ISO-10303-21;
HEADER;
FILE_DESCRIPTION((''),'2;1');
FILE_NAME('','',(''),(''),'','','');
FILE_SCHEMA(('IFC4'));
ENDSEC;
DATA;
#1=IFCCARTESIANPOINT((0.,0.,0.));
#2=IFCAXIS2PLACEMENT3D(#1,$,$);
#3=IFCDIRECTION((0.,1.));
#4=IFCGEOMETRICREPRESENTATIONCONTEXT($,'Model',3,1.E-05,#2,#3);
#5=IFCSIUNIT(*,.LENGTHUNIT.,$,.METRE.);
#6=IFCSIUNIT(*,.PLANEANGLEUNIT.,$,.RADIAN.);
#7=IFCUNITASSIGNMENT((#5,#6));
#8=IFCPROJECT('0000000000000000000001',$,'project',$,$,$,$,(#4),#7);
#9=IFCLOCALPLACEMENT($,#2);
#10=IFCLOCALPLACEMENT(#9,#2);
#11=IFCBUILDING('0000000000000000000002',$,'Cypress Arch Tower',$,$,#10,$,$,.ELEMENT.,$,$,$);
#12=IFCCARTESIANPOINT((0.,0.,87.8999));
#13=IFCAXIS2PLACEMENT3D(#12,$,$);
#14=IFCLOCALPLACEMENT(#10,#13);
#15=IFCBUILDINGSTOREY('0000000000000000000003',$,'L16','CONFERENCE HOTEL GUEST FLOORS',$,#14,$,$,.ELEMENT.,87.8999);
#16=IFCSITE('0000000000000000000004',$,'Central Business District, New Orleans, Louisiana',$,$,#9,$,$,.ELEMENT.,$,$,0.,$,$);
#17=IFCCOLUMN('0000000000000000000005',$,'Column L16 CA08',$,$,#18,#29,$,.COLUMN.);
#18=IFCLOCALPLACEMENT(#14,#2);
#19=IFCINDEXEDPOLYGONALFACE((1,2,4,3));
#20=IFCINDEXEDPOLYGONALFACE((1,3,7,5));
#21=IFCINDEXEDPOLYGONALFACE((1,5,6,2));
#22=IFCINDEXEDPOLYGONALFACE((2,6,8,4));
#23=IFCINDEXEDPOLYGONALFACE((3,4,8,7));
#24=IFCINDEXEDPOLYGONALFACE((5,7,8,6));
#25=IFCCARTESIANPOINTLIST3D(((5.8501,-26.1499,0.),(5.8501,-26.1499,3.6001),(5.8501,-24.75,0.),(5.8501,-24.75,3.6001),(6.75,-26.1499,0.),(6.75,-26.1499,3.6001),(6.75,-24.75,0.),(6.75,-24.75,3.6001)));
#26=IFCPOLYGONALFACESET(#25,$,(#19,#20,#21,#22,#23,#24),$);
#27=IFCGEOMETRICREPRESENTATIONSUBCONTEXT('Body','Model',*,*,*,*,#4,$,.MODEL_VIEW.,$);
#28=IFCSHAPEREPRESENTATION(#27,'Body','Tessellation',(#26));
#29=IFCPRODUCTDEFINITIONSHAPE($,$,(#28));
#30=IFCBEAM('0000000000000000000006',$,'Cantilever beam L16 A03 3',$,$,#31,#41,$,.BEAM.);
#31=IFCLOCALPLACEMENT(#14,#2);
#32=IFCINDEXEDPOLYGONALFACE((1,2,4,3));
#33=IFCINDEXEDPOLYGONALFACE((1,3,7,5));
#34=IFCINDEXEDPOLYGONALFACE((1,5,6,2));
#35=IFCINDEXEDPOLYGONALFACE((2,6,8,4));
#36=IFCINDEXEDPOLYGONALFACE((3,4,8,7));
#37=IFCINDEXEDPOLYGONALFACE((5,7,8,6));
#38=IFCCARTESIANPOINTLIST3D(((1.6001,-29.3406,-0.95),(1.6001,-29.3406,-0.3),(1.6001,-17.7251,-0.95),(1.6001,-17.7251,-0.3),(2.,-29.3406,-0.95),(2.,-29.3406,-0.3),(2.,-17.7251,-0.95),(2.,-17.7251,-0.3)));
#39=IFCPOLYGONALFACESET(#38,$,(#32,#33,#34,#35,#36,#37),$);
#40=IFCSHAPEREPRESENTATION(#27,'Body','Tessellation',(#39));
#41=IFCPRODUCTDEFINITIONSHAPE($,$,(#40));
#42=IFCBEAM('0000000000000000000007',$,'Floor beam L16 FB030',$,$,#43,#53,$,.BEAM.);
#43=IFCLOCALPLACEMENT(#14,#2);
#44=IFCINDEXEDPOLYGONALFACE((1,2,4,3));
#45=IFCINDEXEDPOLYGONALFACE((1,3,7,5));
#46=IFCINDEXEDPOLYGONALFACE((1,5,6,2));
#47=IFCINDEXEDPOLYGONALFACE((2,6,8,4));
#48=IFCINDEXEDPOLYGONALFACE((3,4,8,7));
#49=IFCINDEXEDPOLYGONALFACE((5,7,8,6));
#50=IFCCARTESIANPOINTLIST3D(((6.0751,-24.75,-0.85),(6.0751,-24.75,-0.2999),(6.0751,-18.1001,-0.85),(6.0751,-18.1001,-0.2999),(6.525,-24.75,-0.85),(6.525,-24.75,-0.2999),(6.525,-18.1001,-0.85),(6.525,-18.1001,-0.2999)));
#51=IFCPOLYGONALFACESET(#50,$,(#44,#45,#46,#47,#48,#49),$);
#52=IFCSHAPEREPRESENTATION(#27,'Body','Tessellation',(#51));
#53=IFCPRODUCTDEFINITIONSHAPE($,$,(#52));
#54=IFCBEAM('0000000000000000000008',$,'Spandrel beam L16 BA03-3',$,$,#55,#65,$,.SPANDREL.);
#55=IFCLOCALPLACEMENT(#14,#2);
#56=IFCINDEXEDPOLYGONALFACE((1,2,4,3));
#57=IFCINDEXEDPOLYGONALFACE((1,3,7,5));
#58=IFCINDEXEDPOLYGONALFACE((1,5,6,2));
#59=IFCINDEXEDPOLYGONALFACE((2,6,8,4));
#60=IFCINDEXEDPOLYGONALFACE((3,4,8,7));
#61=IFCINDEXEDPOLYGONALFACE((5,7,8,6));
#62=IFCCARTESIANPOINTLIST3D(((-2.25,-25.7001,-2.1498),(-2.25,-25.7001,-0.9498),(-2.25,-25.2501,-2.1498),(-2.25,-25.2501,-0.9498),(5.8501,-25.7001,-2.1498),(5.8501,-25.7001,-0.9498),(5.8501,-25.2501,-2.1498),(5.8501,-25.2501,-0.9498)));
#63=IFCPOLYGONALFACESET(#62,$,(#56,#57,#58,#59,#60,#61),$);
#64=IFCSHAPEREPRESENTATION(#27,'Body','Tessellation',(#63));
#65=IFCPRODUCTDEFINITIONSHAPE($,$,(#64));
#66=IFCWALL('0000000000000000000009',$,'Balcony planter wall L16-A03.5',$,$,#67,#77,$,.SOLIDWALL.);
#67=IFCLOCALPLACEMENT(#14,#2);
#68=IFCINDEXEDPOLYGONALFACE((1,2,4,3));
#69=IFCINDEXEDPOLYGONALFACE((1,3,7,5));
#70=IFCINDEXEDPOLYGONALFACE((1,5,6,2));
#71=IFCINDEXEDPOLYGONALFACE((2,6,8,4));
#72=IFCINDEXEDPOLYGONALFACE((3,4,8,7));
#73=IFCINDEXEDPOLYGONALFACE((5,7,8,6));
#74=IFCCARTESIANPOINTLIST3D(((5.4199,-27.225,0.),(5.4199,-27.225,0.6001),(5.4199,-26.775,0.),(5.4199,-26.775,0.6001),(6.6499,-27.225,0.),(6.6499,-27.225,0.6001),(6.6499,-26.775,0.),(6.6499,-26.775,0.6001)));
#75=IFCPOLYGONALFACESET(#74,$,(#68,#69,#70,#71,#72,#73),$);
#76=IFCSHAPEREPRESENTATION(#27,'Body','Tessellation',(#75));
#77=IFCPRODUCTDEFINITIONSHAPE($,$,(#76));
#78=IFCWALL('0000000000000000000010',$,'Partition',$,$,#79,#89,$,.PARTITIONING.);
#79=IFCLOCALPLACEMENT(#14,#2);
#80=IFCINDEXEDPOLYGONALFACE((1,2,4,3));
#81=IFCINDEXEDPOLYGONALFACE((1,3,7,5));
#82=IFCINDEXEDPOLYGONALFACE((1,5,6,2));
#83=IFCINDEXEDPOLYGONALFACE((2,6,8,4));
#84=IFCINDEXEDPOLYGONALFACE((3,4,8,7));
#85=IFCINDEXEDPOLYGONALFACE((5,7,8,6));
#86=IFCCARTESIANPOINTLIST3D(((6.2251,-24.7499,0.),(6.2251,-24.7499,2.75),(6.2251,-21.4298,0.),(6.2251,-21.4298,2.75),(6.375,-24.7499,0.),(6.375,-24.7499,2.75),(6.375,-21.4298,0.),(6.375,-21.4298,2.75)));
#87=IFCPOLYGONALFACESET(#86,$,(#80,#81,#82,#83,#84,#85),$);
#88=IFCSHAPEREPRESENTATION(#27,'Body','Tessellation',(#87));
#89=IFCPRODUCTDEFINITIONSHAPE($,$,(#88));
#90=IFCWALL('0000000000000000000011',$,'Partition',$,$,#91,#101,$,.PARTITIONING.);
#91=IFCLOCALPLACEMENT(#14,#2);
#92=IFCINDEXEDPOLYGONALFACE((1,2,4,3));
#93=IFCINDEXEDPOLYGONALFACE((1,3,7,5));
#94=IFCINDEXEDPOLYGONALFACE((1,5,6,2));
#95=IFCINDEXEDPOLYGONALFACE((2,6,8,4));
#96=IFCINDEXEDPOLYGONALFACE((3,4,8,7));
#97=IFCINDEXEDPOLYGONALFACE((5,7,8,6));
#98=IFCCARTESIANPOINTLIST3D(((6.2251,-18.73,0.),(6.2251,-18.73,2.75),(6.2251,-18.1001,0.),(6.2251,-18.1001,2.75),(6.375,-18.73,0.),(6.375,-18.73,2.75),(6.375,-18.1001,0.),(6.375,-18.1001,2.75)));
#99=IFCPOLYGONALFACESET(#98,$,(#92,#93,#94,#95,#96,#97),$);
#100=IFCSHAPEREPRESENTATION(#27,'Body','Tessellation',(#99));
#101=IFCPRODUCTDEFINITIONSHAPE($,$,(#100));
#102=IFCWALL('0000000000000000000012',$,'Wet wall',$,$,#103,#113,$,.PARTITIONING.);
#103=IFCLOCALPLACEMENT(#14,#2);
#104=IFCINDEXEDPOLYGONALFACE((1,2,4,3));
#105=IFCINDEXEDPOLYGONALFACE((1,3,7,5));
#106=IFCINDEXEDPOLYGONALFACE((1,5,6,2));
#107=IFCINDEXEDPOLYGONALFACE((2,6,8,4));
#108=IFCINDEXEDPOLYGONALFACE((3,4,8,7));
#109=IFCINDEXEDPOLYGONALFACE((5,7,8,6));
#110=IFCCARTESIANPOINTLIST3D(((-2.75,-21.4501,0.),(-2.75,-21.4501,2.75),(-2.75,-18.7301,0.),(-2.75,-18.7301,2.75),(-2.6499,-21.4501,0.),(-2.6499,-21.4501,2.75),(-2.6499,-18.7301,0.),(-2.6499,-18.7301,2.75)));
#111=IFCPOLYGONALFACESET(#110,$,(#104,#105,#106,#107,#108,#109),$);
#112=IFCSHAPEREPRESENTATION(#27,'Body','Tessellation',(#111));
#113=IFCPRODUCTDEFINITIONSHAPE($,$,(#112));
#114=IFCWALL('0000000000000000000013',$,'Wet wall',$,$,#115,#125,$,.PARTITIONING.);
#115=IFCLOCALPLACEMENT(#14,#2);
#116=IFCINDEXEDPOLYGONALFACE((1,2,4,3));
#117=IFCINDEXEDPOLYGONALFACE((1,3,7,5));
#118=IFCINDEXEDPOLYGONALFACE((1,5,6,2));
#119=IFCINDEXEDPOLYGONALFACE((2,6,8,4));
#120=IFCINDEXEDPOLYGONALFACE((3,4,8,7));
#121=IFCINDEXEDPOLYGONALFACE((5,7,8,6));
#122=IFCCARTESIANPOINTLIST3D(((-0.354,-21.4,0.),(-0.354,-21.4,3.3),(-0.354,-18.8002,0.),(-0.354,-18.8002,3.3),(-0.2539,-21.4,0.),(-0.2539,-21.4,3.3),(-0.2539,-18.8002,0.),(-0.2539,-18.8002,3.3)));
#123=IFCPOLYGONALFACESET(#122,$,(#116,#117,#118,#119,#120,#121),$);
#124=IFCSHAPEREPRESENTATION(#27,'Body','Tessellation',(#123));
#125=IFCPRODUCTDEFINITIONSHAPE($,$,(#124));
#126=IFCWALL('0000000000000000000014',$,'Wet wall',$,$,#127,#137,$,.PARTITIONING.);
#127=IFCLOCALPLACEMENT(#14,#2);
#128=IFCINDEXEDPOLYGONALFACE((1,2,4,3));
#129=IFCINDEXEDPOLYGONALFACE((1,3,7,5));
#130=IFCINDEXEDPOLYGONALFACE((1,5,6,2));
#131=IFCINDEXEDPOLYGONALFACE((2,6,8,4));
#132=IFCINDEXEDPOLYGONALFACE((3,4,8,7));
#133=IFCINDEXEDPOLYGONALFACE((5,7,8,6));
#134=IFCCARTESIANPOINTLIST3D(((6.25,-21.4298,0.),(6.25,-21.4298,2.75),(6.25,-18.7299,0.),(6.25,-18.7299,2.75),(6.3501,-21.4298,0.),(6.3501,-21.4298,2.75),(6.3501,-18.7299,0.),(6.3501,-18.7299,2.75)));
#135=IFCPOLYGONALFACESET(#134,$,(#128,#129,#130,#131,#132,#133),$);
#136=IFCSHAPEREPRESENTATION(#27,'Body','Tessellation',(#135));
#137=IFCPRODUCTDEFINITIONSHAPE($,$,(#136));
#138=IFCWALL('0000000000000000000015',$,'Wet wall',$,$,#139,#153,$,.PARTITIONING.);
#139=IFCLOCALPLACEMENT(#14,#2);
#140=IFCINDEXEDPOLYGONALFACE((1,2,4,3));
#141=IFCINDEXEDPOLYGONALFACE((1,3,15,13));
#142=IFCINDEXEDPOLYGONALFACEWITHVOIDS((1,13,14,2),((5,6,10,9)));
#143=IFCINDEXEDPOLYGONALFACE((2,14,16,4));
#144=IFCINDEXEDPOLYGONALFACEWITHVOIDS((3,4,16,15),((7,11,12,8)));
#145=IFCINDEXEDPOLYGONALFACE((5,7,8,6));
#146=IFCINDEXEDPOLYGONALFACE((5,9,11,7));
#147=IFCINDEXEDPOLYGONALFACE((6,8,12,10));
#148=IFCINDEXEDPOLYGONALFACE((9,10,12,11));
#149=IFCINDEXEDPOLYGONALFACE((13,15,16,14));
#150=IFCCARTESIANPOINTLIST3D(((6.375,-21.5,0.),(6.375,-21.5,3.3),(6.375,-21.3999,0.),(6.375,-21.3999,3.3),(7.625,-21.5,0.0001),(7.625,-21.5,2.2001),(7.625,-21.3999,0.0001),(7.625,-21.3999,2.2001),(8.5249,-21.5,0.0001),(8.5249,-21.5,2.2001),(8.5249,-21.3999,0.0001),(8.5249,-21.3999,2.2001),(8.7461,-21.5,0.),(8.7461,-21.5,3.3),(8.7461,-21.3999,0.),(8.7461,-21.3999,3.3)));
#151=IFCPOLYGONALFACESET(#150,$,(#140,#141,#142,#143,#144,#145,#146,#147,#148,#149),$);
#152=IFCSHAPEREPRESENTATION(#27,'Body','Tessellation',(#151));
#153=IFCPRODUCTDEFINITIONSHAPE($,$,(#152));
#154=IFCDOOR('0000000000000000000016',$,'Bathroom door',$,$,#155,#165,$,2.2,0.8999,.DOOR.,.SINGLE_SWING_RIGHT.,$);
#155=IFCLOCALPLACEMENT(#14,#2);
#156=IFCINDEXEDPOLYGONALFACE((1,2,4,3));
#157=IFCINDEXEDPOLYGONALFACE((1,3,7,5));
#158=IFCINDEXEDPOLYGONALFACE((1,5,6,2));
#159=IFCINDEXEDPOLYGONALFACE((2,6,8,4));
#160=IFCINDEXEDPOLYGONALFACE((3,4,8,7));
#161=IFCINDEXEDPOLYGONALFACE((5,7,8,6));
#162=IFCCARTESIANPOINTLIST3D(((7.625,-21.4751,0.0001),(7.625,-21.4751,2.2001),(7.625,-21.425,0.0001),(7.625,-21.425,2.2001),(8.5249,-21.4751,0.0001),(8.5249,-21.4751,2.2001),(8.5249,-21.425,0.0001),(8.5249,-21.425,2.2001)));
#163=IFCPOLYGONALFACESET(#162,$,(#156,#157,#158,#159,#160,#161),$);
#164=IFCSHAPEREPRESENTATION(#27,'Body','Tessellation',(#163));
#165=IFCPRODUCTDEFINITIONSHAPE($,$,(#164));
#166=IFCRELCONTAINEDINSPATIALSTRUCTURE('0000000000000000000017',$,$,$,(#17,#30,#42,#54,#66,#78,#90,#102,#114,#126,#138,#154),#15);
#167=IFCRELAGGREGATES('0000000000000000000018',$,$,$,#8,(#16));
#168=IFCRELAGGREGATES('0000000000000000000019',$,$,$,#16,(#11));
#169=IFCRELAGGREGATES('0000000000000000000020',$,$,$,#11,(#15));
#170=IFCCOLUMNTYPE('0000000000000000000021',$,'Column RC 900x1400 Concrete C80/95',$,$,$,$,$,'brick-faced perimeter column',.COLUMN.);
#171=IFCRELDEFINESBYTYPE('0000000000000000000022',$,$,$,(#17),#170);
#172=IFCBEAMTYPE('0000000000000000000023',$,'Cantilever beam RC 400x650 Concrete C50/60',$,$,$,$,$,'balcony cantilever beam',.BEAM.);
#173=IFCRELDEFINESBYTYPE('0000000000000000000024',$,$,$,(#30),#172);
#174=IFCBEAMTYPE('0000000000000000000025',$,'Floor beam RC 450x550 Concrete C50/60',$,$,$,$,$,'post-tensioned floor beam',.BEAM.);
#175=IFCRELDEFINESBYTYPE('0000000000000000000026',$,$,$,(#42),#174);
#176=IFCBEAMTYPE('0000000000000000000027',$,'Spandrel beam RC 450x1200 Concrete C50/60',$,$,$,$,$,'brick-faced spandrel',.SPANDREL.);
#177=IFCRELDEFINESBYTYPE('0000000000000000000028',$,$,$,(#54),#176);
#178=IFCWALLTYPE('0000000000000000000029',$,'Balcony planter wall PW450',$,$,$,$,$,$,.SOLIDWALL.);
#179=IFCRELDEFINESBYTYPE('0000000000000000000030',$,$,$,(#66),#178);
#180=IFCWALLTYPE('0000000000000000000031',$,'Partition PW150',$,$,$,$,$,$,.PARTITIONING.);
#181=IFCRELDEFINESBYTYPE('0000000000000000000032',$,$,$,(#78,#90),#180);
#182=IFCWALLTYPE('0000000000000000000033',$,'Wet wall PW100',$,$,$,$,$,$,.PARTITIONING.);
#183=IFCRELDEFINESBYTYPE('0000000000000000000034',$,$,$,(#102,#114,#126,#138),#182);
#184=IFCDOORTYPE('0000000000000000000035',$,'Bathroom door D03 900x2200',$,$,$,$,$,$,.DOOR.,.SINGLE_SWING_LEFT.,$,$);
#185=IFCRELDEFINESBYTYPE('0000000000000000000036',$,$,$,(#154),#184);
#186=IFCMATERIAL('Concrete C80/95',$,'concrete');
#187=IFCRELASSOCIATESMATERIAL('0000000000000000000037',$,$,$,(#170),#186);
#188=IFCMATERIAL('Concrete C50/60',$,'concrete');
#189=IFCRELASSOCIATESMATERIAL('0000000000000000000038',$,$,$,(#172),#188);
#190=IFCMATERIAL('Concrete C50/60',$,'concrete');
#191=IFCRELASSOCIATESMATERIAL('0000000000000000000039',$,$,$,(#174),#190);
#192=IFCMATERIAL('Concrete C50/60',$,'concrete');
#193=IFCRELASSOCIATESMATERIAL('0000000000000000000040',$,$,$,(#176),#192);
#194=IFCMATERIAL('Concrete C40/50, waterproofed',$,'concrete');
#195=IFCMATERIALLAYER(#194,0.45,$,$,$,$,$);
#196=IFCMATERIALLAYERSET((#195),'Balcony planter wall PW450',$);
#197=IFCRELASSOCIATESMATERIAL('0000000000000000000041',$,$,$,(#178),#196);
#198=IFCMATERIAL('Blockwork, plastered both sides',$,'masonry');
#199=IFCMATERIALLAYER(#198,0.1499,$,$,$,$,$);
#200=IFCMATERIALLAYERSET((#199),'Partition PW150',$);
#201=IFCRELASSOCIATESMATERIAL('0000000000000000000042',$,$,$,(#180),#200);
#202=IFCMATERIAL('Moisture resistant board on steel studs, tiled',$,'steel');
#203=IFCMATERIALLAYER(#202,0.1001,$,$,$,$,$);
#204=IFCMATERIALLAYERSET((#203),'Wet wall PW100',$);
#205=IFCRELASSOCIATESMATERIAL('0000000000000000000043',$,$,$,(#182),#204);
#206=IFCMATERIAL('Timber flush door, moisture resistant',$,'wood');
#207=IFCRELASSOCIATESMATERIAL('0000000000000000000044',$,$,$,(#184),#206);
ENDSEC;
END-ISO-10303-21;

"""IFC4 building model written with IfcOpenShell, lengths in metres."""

from ifc_helpers import new_model, si_unit, direction, frame, frame_2d, origin, origin_2d, place, context, subcontext, project, spatial, rectangle, extrude, material, layer, layer_set, material_profile, profile_set, type_object, element, fill, save


model = new_model("IFC4")

# Units and contexts
model_context = context("Model", 3, precision=1e-05, world=origin(), true_north=direction((0.0, 1.0)))
body_context = subcontext(model_context, "Body", "Model", "MODEL_VIEW")
ifc_project = project(units=[si_unit("LENGTHUNIT", "METRE"), si_unit("PLANEANGLEUNIT", "RADIAN")], contexts=[model_context])

# Site, building, storey
site_placement = place(None, origin())
site = spatial("IfcSite", under=ifc_project, at=site_placement, Name="Central Business District, New Orleans, Louisiana", CompositionType="ELEMENT", RefElevation=0.0)
building_placement = place(site_placement, origin())
building = spatial("IfcBuilding", under=site, at=building_placement, Name="Cypress Arch Tower", CompositionType="ELEMENT")
storey_placement = place(building_placement, frame((0.0, 0.0, 87.8999)))
storey = spatial("IfcBuildingStorey", under=building, at=storey_placement, Name="L16", Description="CONFERENCE HOTEL GUEST FLOORS", CompositionType="ELEMENT", Elevation=87.8999)

# Column
ifc_material_1 = material(Name="Concrete C80/95", Category="concrete")
ifc_material_profile_1 = material_profile(ifc_material_1, rectangle(XDim=0.8999, YDim=1.3999, at=origin_2d()), Name="RC 900x1400")
ifc_profile_set_1 = profile_set([ifc_material_profile_1], Name="Concrete C80/95")
column_type = type_object("IfcColumnType", Name="Column RC 900x1400 Concrete C80/95", ElementType="brick-faced perimeter column", PredefinedType="COLUMN", material=ifc_profile_set_1)
column_placement = place(storey_placement, frame((6.3, -25.45, 0.0), z_axis=(0.0, 0.0, 1.0), x_axis=(1.0, 0.0, 0.0)))
element("IfcColumn", 1, at=column_placement, inside=storey, type_object=column_type, Name="Column L16 CA08", PredefinedType="COLUMN", context=body_context, shape_type="SweptSolid", body=[
    extrude(rectangle(XDim=0.8999, YDim=1.3999, at=origin_2d()), origin(), (0.0, 0.0, 1.0), 3.6001),
])

# Beams
ifc_material_2 = material(Name="Concrete C50/60", Category="concrete")
ifc_material_profile_2 = material_profile(ifc_material_2, rectangle(XDim=0.3999, YDim=0.6499, at=origin_2d()), Name="RC 400x650")
ifc_profile_set_2 = profile_set([ifc_material_profile_2], Name="Concrete C50/60")
beam_type_1 = type_object("IfcBeamType", Name="Cantilever beam RC 400x650 Concrete C50/60", ElementType="balcony cantilever beam", PredefinedType="BEAM", material=ifc_profile_set_2)
beam_1_placement = place(storey_placement, frame((1.8, -17.7251, -0.625), z_axis=(0.0, -1.0, 0.0), x_axis=(1.0, 0.0, 0.0)))
element("IfcBeam", 2, at=beam_1_placement, inside=storey, type_object=beam_type_1, Name="Cantilever beam L16 A03 3", PredefinedType="BEAM", context=body_context, shape_type="SweptSolid", body=[
    extrude(rectangle(XDim=0.3999, YDim=0.6499, at=origin_2d()), origin(), (0.0, 0.0, 1.0), 11.6155),
])
ifc_material_3 = material(Name="Concrete C50/60", Category="concrete")
ifc_material_profile_3 = material_profile(ifc_material_3, rectangle(XDim=0.45, YDim=0.55, at=origin_2d()), Name="RC 450x550")
ifc_profile_set_3 = profile_set([ifc_material_profile_3], Name="Concrete C50/60")
beam_type_2 = type_object("IfcBeamType", Name="Floor beam RC 450x550 Concrete C50/60", ElementType="post-tensioned floor beam", PredefinedType="BEAM", material=ifc_profile_set_3)
beam_2_placement = place(storey_placement, frame((6.3, -24.75, -0.575), z_axis=(0.0, 1.0, 0.0), x_axis=(-1.0, 0.0, 0.0)))
element("IfcBeam", 3, at=beam_2_placement, inside=storey, type_object=beam_type_2, Name="Floor beam L16 FB030", PredefinedType="BEAM", context=body_context, shape_type="SweptSolid", body=[
    extrude(rectangle(XDim=0.45, YDim=0.55, at=origin_2d()), origin(), (0.0, 0.0, 1.0), 6.6499),
])
ifc_material_4 = material(Name="Concrete C50/60", Category="concrete")
ifc_material_profile_4 = material_profile(ifc_material_4, rectangle(XDim=0.45, YDim=1.2, at=origin_2d()), Name="RC 450x1200")
ifc_profile_set_4 = profile_set([ifc_material_profile_4], Name="Concrete C50/60")
beam_type_3 = type_object("IfcBeamType", Name="Spandrel beam RC 450x1200 Concrete C50/60", ElementType="brick-faced spandrel", PredefinedType="SPANDREL", material=ifc_profile_set_4)
beam_3_placement = place(storey_placement, frame((-2.25, -25.4751, -1.5498), z_axis=(1.0, 0.0, 0.0), x_axis=(0.0, 1.0, 0.0)))
element("IfcBeam", 4, at=beam_3_placement, inside=storey, type_object=beam_type_3, Name="Spandrel beam L16 BA03-3", PredefinedType="SPANDREL", context=body_context, shape_type="SweptSolid", body=[
    extrude(rectangle(XDim=0.45, YDim=1.2, at=origin_2d()), origin(), (0.0, 0.0, 1.0), 8.1001),
])

# Wall
ifc_material_5 = material(Name="Concrete C40/50, waterproofed", Category="concrete")
ifc_layer_1 = layer(ifc_material_5, 0.45)
ifc_layer_set_1 = layer_set([ifc_layer_1], Name="Balcony planter wall PW450")
wall_type_1 = type_object("IfcWallType", Name="Balcony planter wall PW450", PredefinedType="SOLIDWALL", material=ifc_layer_set_1)
wall_1_placement = place(storey_placement, frame((5.4199, -27.0, 0.0), z_axis=(0.0, 0.0, 1.0), x_axis=(1.0, 0.0, 0.0)))
element("IfcWall", 5, at=wall_1_placement, inside=storey, type_object=wall_type_1, Name="Balcony planter wall L16-A03.5", PredefinedType="SOLIDWALL", context=body_context, shape_type="SweptSolid", body=[
    extrude(rectangle(XDim=1.23, YDim=0.45, at=frame_2d((0.615, 0.0))), origin(), (0.0, 0.0, 1.0), 0.6001),
])

# Walls
ifc_material_6 = material(Name="Blockwork, plastered both sides", Category="masonry")
ifc_layer_2 = layer(ifc_material_6, 0.1499)
ifc_layer_set_2 = layer_set([ifc_layer_2], Name="Partition PW150")
wall_type_2 = type_object("IfcWallType", Name="Partition PW150", PredefinedType="PARTITIONING", material=ifc_layer_set_2)
wall_2_placement = place(storey_placement, frame((6.3, -24.75, 0.0), z_axis=(0.0, 0.0, 1.0), x_axis=(0.0, 1.0, 0.0)))
element("IfcWall", 6, at=wall_2_placement, inside=storey, type_object=wall_type_2, Name="Partition", PredefinedType="PARTITIONING", context=body_context, shape_type="SweptSolid", body=[
    extrude(rectangle(XDim=3.3201, YDim=0.1499, at=frame_2d((1.6602, 0.0))), origin(), (0.0, 0.0, 1.0), 2.75),
])
wall_3_placement = place(storey_placement, frame((6.3, -18.73, 0.0), z_axis=(0.0, 0.0, 1.0), x_axis=(0.0, 1.0, 0.0)))
element("IfcWall", 7, at=wall_3_placement, inside=storey, type_object=wall_type_2, Name="Partition", PredefinedType="PARTITIONING", context=body_context, shape_type="SweptSolid", body=[
    extrude(rectangle(XDim=0.6299, YDim=0.1499, at=frame_2d((0.3149, 0.0))), origin(), (0.0, 0.0, 1.0), 2.75),
])
ifc_material_7 = material(Name="Moisture resistant board on steel studs, tiled", Category="steel")
ifc_layer_3 = layer(ifc_material_7, 0.1001)
ifc_layer_set_3 = layer_set([ifc_layer_3], Name="Wet wall PW100")
wall_type_3 = type_object("IfcWallType", Name="Wet wall PW100", PredefinedType="PARTITIONING", material=ifc_layer_set_3)
wall_4_placement = place(storey_placement, frame((-2.7, -21.45, 0.0), z_axis=(0.0, 0.0, 1.0), x_axis=(0.0, 1.0, 0.0)))
element("IfcWall", 8, at=wall_4_placement, inside=storey, type_object=wall_type_3, Name="Wet wall", PredefinedType="PARTITIONING", context=body_context, shape_type="SweptSolid", body=[
    extrude(rectangle(XDim=2.72, YDim=0.1001, at=frame_2d((1.3599, 0.0))), origin(), (0.0, 0.0, 1.0), 2.75),
])
wall_5_placement = place(storey_placement, frame((-0.304, -21.3999, 0.0), z_axis=(0.0, 0.0, 1.0), x_axis=(0.0, 1.0, 0.0)))
element("IfcWall", 9, at=wall_5_placement, inside=storey, type_object=wall_type_3, Name="Wet wall", PredefinedType="PARTITIONING", context=body_context, shape_type="SweptSolid", body=[
    extrude(rectangle(XDim=2.5999, YDim=0.1001, at=frame_2d((1.2998, 0.0))), origin(), (0.0, 0.0, 1.0), 3.3),
])
wall_6_placement = place(storey_placement, frame((6.3, -21.4299, 0.0), z_axis=(0.0, 0.0, 1.0), x_axis=(0.0, 1.0, 0.0)))
element("IfcWall", 10, at=wall_6_placement, inside=storey, type_object=wall_type_3, Name="Wet wall", PredefinedType="PARTITIONING", context=body_context, shape_type="SweptSolid", body=[
    extrude(rectangle(XDim=2.7, YDim=0.1001, at=frame_2d((1.3501, 0.0))), origin(), (0.0, 0.0, 1.0), 2.75),
])

# Wall, opening, door
wall_7_placement = place(storey_placement, frame((6.375, -21.45, 0.0), z_axis=(0.0, 0.0, 1.0), x_axis=(1.0, 0.0, 0.0)))
wall_7 = element("IfcWall", 11, at=wall_7_placement, inside=storey, type_object=wall_type_3, Name="Wet wall", PredefinedType="PARTITIONING", context=body_context, shape_type="SweptSolid", body=[
    extrude(rectangle(XDim=2.3711, YDim=0.1001, at=frame_2d((1.1855, 0.0))), origin(), (0.0, 0.0, 1.0), 3.3),
])
opening_1_placement = place(wall_7_placement, frame((1.25, 0.0, 0.0)))
opening_1 = element("IfcOpeningElement", 12, at=opening_1_placement, cuts=wall_7, PredefinedType="OPENING", context=body_context, shape_type="SweptSolid", body=[
    extrude(rectangle(XDim=0.8999, YDim=2.2, at=frame_2d((0.45, 1.1001))), frame((0.0, 0.0601, 0.0), z_axis=(0.0, -1.0, 0.0), x_axis=(1.0, 0.0, 0.0)), (0.0, 0.0, 1.0), 0.1201),
])
ifc_material_8 = material(Name="Timber flush door, moisture resistant", Category="wood")
door_type_1 = type_object("IfcDoorType", Name="Bathroom door D03 900x2200", OperationType="SINGLE_SWING_LEFT", PredefinedType="DOOR", material=ifc_material_8)
door_1_placement = place(opening_1_placement, origin())
door_1 = element("IfcDoor", 13, at=door_1_placement, inside=storey, type_object=door_type_1, Name="Bathroom door", OperationType="SINGLE_SWING_RIGHT", OverallHeight=2.2, OverallWidth=0.8999, PredefinedType="DOOR", context=body_context, shape_type="SweptSolid", body=[
    extrude(rectangle(XDim=0.8999, YDim=2.2, at=frame_2d((0.45, 1.1001))), frame((0.0, 0.0249, 0.0), z_axis=(0.0, -1.0, 0.0), x_axis=(1.0, 0.0, 0.0)), (0.0, 0.0, 1.0), 0.05),
])
fill(opening_1, door_1)

save(model, "model.ifc")
